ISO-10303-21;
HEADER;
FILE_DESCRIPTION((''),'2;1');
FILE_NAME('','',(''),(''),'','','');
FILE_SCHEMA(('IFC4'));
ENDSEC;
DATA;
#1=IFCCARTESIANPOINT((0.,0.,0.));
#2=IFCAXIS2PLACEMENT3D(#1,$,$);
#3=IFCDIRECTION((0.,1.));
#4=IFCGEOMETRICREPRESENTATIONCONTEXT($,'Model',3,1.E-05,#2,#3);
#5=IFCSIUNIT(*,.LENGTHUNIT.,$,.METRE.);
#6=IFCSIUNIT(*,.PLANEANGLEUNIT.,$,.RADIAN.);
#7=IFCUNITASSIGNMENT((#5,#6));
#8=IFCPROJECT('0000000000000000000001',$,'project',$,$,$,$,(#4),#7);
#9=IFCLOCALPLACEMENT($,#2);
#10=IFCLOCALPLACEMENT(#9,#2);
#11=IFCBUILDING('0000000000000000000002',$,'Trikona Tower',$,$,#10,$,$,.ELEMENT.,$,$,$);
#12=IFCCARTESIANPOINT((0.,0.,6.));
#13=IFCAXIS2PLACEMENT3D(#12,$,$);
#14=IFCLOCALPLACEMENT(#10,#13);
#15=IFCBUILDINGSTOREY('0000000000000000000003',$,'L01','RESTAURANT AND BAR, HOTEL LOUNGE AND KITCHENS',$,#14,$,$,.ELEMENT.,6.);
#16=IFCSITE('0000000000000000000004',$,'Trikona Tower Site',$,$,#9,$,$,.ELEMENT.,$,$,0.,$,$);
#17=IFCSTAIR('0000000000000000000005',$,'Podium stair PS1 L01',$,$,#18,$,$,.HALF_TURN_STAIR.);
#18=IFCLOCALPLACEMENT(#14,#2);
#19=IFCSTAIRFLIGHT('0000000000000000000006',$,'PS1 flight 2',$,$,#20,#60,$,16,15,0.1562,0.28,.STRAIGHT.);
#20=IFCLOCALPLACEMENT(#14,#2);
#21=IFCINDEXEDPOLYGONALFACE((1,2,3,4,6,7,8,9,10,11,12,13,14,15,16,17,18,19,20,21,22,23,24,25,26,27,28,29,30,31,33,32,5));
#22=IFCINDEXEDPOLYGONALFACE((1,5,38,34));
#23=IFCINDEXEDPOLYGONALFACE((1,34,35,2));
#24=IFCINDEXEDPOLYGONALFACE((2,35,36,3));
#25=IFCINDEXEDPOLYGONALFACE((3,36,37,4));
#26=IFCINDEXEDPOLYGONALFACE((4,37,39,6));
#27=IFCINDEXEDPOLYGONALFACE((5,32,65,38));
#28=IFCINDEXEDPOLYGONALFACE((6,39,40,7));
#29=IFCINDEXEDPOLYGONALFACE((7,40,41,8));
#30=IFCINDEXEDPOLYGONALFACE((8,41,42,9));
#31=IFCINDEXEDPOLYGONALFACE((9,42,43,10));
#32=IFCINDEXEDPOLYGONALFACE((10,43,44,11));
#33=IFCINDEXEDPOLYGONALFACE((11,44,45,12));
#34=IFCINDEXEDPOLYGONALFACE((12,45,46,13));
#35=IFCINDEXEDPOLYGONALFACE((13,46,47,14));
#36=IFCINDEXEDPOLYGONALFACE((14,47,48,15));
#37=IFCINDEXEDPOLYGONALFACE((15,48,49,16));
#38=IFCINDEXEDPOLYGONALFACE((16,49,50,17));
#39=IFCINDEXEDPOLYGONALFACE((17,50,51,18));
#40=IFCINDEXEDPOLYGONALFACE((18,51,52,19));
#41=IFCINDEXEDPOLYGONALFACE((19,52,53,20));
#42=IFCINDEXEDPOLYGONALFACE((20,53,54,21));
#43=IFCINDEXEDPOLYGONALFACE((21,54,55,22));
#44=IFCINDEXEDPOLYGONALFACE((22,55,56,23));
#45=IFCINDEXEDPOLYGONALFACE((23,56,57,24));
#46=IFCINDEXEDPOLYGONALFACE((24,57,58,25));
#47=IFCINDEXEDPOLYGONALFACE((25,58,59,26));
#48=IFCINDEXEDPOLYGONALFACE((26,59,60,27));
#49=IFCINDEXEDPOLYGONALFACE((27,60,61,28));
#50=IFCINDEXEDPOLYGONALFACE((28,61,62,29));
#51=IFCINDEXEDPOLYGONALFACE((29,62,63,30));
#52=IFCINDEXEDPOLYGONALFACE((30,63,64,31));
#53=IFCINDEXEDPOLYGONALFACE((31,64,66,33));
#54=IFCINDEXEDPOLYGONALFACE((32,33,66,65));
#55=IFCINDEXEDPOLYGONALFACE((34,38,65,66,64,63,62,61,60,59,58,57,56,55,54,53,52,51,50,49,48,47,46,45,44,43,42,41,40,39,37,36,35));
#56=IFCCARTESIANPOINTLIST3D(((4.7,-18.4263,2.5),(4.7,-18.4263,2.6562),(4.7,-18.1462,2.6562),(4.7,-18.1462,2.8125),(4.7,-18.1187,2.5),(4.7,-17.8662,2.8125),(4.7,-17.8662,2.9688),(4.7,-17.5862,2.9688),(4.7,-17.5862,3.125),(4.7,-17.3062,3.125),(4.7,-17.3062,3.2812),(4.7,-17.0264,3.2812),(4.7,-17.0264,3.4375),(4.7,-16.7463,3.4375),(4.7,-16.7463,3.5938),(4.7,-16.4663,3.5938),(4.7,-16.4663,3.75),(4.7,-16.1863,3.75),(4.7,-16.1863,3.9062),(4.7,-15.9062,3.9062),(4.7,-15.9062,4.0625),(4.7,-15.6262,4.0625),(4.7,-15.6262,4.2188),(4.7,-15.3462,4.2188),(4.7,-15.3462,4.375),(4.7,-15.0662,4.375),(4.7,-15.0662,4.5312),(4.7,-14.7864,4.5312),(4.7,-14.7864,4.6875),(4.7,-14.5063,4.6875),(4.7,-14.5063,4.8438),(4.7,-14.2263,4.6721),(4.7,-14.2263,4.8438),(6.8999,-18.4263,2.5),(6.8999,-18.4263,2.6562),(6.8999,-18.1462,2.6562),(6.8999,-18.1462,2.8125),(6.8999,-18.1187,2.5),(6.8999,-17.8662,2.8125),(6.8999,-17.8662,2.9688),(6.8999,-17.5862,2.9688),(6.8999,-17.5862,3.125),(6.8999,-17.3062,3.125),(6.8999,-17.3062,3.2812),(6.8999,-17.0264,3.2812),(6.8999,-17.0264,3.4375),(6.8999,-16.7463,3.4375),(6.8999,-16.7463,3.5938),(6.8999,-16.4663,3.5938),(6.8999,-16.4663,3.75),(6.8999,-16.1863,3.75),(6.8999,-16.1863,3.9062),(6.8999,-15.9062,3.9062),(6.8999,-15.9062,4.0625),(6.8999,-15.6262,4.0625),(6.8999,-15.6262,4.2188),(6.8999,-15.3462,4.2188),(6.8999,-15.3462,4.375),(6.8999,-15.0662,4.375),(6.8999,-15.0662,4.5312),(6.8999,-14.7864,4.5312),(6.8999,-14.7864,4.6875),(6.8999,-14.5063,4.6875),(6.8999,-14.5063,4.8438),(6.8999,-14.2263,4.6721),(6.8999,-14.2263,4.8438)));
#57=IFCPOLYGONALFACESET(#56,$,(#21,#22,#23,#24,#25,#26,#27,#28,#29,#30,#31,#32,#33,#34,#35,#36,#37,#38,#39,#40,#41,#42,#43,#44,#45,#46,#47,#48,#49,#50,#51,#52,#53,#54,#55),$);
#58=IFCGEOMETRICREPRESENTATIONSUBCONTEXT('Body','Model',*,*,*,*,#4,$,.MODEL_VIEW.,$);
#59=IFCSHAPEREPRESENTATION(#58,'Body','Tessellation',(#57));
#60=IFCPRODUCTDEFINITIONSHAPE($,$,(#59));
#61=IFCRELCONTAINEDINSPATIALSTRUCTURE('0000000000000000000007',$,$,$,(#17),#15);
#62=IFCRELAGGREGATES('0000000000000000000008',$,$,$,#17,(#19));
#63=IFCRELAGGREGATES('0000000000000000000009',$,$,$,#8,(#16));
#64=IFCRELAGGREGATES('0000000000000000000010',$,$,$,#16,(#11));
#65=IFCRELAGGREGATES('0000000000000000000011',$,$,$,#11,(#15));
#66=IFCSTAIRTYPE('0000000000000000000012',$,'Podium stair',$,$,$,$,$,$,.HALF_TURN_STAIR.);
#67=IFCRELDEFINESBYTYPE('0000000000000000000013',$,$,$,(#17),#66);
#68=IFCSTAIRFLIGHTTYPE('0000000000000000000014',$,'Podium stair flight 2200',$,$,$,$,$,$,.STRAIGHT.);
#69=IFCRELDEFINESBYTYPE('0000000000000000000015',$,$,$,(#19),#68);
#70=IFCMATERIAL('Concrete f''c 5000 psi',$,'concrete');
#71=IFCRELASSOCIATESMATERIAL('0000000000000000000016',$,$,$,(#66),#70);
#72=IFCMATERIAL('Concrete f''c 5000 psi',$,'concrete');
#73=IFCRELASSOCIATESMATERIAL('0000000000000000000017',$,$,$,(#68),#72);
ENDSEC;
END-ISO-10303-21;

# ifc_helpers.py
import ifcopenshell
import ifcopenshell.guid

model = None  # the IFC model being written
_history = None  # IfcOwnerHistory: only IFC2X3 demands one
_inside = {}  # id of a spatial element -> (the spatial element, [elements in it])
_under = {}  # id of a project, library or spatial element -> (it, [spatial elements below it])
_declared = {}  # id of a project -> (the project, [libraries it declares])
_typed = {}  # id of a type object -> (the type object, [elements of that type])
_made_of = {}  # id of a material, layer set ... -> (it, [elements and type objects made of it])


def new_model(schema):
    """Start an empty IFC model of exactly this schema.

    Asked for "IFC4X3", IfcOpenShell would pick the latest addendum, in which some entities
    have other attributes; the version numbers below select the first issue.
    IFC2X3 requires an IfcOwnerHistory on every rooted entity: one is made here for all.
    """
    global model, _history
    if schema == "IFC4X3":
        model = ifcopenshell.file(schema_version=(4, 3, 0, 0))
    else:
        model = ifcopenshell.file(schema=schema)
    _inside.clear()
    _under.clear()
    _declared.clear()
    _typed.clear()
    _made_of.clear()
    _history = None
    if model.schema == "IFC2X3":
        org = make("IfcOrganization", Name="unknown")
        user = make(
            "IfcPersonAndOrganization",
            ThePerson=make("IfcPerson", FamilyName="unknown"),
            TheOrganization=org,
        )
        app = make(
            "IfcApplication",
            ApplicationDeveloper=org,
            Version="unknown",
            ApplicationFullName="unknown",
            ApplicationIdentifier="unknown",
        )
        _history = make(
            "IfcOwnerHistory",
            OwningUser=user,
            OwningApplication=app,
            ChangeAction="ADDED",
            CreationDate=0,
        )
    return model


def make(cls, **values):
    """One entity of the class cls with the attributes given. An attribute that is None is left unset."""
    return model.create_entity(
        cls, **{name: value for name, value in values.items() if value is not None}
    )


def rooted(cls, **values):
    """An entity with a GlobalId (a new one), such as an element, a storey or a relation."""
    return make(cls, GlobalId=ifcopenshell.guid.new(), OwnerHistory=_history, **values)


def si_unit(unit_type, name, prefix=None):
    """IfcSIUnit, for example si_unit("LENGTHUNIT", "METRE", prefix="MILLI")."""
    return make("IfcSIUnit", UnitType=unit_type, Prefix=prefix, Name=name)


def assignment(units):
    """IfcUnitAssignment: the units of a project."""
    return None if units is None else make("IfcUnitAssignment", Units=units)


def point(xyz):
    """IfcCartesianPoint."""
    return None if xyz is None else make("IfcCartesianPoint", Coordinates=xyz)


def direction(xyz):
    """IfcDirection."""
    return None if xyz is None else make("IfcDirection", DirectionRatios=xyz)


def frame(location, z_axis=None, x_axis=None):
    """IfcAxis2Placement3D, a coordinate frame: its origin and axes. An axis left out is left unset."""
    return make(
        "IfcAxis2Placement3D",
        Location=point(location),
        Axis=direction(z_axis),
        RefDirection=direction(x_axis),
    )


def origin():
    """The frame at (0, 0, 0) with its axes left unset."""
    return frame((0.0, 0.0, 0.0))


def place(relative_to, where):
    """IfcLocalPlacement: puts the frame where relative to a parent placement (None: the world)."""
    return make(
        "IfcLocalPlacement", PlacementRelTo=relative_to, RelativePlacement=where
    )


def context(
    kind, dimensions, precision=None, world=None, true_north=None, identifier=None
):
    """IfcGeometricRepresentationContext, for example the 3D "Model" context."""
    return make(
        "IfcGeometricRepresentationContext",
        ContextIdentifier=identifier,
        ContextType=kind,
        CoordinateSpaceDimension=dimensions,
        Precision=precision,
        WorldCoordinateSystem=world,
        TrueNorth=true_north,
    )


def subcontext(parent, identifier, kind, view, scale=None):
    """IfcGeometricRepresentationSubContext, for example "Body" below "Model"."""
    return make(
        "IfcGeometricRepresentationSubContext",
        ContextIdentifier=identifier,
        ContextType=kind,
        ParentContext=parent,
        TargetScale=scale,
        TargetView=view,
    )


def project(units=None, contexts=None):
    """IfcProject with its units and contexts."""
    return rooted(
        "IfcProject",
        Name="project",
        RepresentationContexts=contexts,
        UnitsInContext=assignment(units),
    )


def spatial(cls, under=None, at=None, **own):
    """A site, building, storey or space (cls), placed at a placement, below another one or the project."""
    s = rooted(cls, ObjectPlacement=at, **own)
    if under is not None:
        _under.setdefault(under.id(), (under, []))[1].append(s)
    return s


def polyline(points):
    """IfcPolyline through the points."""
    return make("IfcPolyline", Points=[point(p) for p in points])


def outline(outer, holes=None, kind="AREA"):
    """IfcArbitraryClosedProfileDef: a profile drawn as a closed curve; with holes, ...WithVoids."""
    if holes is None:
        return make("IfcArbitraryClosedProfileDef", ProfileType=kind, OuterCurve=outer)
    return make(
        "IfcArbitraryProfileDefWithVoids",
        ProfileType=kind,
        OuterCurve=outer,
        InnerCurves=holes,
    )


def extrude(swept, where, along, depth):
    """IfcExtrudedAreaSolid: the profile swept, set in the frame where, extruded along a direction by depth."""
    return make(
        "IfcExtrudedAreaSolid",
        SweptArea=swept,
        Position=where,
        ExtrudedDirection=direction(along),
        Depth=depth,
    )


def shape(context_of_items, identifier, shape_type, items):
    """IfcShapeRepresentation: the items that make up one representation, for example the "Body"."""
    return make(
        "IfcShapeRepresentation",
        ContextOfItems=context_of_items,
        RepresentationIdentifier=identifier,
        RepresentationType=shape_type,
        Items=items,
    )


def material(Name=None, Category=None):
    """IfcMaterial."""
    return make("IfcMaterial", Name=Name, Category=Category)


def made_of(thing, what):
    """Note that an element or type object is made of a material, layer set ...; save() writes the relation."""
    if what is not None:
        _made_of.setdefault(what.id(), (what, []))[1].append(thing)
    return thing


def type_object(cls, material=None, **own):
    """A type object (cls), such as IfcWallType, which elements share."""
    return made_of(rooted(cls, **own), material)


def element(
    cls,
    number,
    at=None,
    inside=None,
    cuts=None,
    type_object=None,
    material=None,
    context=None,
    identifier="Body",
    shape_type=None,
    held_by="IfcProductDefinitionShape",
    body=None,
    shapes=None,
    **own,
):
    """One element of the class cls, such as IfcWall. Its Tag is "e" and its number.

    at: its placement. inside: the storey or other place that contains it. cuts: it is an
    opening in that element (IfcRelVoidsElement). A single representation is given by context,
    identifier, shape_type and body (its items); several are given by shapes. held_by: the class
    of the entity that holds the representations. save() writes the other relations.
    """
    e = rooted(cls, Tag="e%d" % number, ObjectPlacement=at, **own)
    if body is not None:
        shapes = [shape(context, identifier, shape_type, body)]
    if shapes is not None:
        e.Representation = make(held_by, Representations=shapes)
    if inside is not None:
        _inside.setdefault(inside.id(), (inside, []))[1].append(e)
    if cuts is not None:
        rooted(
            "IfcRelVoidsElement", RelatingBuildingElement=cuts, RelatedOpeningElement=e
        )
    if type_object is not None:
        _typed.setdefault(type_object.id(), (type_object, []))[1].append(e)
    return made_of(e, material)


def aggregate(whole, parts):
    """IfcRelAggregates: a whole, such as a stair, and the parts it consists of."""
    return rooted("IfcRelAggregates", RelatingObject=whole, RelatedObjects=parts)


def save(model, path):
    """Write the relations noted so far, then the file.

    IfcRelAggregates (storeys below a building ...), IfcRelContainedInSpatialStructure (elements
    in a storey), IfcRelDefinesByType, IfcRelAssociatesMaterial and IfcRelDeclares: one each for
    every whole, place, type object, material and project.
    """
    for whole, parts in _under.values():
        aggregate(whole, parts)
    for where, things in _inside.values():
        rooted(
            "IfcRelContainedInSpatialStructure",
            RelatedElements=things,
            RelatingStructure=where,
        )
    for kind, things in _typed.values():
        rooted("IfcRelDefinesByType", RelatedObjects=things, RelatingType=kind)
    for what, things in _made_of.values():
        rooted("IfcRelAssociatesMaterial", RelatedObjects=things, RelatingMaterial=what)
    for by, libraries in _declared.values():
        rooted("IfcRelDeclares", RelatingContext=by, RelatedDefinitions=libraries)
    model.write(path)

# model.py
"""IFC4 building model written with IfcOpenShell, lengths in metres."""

from ifc_helpers import new_model, si_unit, direction, frame, origin, place, context, subcontext, project, spatial, polyline, outline, extrude, material, type_object, element, aggregate, save


model = new_model("IFC4")

# Units and contexts
model_context = context("Model", 3, precision=1e-05, world=origin(), true_north=direction((0.0, 1.0)))
body_context = subcontext(model_context, "Body", "Model", "MODEL_VIEW")
ifc_project = project(units=[si_unit("LENGTHUNIT", "METRE"), si_unit("PLANEANGLEUNIT", "RADIAN")], contexts=[model_context])

# Site, building, storey
site_placement = place(None, origin())
site = spatial("IfcSite", under=ifc_project, at=site_placement, Name="Trikona Tower Site", CompositionType="ELEMENT", RefElevation=0.0)
building_placement = place(site_placement, origin())
building = spatial("IfcBuilding", under=site, at=building_placement, Name="Trikona Tower", CompositionType="ELEMENT")
storey_placement = place(building_placement, frame((0.0, 0.0, 6.0)))
storey = spatial("IfcBuildingStorey", under=building, at=storey_placement, Name="L01", Description="RESTAURANT AND BAR, HOTEL LOUNGE AND KITCHENS", CompositionType="ELEMENT", Elevation=6.0)

# Stair, stair flight
ifc_material_1 = material(Name="Concrete f'c 5000 psi", Category="concrete")
stair_type = type_object("IfcStairType", Name="Podium stair", PredefinedType="HALF_TURN_STAIR", material=ifc_material_1)
stair_placement = place(storey_placement, origin())
stair = element("IfcStair", 1, at=stair_placement, inside=storey, type_object=stair_type, Name="Podium stair PS1 L01", PredefinedType="HALF_TURN_STAIR")
ifc_material_2 = material(Name="Concrete f'c 5000 psi", Category="concrete")
stair_flight_type = type_object("IfcStairFlightType", Name="Podium stair flight 2200", PredefinedType="STRAIGHT", material=ifc_material_2)
stair_flight_1_placement = place(storey_placement, frame((5.8, -18.4263, 2.5), z_axis=(0.0, 0.0, 1.0), x_axis=(0.0, 1.0, 0.0)))
stair_flight_1 = element("IfcStairFlight", 2, at=stair_flight_1_placement, type_object=stair_flight_type, Name="PS1 flight 2", NumberOfRisers=16, NumberOfTreads=15, PredefinedType="STRAIGHT", RiserHeight=0.1562, TreadLength=0.28, context=body_context, shape_type="SweptSolid", body=[
    extrude(outline(polyline([(0.0, 0.0), (0.0, 0.1562), (0.28, 0.1562), (0.28, 0.3125), (0.5601, 0.3125), (0.5601, 0.4688), (0.8401, 0.4688), (0.8401, 0.625), (1.1201, 0.625), (1.1201, 0.7812), (1.3999, 0.7812), (1.3999, 0.9375), (1.6799, 0.9375), (1.6799, 1.0938), (1.96, 1.0938), (1.96, 1.25), (2.24, 1.25), (2.24, 1.4062), (2.52, 1.4062), (2.52, 1.5625), (2.8, 1.5625), (2.8, 1.7188), (3.0801, 1.7188), (3.0801, 1.875), (3.3601, 1.875), (3.3601, 2.0312), (3.6399, 2.0312), (3.6399, 2.1875), (3.9199, 2.1875), (3.9199, 2.3438), (4.2, 2.3438), (4.2, 2.5), (4.2, 2.1721), (0.3076, 0.0), (0.0, 0.0)])), frame((0.0, 1.1001, 0.0), z_axis=(0.0, -1.0, 0.0), x_axis=(1.0, 0.0, 0.0)), (0.0, 0.0, 1.0), 2.2),
])
aggregate(stair, [stair_flight_1])

save(model, "model.ifc")
